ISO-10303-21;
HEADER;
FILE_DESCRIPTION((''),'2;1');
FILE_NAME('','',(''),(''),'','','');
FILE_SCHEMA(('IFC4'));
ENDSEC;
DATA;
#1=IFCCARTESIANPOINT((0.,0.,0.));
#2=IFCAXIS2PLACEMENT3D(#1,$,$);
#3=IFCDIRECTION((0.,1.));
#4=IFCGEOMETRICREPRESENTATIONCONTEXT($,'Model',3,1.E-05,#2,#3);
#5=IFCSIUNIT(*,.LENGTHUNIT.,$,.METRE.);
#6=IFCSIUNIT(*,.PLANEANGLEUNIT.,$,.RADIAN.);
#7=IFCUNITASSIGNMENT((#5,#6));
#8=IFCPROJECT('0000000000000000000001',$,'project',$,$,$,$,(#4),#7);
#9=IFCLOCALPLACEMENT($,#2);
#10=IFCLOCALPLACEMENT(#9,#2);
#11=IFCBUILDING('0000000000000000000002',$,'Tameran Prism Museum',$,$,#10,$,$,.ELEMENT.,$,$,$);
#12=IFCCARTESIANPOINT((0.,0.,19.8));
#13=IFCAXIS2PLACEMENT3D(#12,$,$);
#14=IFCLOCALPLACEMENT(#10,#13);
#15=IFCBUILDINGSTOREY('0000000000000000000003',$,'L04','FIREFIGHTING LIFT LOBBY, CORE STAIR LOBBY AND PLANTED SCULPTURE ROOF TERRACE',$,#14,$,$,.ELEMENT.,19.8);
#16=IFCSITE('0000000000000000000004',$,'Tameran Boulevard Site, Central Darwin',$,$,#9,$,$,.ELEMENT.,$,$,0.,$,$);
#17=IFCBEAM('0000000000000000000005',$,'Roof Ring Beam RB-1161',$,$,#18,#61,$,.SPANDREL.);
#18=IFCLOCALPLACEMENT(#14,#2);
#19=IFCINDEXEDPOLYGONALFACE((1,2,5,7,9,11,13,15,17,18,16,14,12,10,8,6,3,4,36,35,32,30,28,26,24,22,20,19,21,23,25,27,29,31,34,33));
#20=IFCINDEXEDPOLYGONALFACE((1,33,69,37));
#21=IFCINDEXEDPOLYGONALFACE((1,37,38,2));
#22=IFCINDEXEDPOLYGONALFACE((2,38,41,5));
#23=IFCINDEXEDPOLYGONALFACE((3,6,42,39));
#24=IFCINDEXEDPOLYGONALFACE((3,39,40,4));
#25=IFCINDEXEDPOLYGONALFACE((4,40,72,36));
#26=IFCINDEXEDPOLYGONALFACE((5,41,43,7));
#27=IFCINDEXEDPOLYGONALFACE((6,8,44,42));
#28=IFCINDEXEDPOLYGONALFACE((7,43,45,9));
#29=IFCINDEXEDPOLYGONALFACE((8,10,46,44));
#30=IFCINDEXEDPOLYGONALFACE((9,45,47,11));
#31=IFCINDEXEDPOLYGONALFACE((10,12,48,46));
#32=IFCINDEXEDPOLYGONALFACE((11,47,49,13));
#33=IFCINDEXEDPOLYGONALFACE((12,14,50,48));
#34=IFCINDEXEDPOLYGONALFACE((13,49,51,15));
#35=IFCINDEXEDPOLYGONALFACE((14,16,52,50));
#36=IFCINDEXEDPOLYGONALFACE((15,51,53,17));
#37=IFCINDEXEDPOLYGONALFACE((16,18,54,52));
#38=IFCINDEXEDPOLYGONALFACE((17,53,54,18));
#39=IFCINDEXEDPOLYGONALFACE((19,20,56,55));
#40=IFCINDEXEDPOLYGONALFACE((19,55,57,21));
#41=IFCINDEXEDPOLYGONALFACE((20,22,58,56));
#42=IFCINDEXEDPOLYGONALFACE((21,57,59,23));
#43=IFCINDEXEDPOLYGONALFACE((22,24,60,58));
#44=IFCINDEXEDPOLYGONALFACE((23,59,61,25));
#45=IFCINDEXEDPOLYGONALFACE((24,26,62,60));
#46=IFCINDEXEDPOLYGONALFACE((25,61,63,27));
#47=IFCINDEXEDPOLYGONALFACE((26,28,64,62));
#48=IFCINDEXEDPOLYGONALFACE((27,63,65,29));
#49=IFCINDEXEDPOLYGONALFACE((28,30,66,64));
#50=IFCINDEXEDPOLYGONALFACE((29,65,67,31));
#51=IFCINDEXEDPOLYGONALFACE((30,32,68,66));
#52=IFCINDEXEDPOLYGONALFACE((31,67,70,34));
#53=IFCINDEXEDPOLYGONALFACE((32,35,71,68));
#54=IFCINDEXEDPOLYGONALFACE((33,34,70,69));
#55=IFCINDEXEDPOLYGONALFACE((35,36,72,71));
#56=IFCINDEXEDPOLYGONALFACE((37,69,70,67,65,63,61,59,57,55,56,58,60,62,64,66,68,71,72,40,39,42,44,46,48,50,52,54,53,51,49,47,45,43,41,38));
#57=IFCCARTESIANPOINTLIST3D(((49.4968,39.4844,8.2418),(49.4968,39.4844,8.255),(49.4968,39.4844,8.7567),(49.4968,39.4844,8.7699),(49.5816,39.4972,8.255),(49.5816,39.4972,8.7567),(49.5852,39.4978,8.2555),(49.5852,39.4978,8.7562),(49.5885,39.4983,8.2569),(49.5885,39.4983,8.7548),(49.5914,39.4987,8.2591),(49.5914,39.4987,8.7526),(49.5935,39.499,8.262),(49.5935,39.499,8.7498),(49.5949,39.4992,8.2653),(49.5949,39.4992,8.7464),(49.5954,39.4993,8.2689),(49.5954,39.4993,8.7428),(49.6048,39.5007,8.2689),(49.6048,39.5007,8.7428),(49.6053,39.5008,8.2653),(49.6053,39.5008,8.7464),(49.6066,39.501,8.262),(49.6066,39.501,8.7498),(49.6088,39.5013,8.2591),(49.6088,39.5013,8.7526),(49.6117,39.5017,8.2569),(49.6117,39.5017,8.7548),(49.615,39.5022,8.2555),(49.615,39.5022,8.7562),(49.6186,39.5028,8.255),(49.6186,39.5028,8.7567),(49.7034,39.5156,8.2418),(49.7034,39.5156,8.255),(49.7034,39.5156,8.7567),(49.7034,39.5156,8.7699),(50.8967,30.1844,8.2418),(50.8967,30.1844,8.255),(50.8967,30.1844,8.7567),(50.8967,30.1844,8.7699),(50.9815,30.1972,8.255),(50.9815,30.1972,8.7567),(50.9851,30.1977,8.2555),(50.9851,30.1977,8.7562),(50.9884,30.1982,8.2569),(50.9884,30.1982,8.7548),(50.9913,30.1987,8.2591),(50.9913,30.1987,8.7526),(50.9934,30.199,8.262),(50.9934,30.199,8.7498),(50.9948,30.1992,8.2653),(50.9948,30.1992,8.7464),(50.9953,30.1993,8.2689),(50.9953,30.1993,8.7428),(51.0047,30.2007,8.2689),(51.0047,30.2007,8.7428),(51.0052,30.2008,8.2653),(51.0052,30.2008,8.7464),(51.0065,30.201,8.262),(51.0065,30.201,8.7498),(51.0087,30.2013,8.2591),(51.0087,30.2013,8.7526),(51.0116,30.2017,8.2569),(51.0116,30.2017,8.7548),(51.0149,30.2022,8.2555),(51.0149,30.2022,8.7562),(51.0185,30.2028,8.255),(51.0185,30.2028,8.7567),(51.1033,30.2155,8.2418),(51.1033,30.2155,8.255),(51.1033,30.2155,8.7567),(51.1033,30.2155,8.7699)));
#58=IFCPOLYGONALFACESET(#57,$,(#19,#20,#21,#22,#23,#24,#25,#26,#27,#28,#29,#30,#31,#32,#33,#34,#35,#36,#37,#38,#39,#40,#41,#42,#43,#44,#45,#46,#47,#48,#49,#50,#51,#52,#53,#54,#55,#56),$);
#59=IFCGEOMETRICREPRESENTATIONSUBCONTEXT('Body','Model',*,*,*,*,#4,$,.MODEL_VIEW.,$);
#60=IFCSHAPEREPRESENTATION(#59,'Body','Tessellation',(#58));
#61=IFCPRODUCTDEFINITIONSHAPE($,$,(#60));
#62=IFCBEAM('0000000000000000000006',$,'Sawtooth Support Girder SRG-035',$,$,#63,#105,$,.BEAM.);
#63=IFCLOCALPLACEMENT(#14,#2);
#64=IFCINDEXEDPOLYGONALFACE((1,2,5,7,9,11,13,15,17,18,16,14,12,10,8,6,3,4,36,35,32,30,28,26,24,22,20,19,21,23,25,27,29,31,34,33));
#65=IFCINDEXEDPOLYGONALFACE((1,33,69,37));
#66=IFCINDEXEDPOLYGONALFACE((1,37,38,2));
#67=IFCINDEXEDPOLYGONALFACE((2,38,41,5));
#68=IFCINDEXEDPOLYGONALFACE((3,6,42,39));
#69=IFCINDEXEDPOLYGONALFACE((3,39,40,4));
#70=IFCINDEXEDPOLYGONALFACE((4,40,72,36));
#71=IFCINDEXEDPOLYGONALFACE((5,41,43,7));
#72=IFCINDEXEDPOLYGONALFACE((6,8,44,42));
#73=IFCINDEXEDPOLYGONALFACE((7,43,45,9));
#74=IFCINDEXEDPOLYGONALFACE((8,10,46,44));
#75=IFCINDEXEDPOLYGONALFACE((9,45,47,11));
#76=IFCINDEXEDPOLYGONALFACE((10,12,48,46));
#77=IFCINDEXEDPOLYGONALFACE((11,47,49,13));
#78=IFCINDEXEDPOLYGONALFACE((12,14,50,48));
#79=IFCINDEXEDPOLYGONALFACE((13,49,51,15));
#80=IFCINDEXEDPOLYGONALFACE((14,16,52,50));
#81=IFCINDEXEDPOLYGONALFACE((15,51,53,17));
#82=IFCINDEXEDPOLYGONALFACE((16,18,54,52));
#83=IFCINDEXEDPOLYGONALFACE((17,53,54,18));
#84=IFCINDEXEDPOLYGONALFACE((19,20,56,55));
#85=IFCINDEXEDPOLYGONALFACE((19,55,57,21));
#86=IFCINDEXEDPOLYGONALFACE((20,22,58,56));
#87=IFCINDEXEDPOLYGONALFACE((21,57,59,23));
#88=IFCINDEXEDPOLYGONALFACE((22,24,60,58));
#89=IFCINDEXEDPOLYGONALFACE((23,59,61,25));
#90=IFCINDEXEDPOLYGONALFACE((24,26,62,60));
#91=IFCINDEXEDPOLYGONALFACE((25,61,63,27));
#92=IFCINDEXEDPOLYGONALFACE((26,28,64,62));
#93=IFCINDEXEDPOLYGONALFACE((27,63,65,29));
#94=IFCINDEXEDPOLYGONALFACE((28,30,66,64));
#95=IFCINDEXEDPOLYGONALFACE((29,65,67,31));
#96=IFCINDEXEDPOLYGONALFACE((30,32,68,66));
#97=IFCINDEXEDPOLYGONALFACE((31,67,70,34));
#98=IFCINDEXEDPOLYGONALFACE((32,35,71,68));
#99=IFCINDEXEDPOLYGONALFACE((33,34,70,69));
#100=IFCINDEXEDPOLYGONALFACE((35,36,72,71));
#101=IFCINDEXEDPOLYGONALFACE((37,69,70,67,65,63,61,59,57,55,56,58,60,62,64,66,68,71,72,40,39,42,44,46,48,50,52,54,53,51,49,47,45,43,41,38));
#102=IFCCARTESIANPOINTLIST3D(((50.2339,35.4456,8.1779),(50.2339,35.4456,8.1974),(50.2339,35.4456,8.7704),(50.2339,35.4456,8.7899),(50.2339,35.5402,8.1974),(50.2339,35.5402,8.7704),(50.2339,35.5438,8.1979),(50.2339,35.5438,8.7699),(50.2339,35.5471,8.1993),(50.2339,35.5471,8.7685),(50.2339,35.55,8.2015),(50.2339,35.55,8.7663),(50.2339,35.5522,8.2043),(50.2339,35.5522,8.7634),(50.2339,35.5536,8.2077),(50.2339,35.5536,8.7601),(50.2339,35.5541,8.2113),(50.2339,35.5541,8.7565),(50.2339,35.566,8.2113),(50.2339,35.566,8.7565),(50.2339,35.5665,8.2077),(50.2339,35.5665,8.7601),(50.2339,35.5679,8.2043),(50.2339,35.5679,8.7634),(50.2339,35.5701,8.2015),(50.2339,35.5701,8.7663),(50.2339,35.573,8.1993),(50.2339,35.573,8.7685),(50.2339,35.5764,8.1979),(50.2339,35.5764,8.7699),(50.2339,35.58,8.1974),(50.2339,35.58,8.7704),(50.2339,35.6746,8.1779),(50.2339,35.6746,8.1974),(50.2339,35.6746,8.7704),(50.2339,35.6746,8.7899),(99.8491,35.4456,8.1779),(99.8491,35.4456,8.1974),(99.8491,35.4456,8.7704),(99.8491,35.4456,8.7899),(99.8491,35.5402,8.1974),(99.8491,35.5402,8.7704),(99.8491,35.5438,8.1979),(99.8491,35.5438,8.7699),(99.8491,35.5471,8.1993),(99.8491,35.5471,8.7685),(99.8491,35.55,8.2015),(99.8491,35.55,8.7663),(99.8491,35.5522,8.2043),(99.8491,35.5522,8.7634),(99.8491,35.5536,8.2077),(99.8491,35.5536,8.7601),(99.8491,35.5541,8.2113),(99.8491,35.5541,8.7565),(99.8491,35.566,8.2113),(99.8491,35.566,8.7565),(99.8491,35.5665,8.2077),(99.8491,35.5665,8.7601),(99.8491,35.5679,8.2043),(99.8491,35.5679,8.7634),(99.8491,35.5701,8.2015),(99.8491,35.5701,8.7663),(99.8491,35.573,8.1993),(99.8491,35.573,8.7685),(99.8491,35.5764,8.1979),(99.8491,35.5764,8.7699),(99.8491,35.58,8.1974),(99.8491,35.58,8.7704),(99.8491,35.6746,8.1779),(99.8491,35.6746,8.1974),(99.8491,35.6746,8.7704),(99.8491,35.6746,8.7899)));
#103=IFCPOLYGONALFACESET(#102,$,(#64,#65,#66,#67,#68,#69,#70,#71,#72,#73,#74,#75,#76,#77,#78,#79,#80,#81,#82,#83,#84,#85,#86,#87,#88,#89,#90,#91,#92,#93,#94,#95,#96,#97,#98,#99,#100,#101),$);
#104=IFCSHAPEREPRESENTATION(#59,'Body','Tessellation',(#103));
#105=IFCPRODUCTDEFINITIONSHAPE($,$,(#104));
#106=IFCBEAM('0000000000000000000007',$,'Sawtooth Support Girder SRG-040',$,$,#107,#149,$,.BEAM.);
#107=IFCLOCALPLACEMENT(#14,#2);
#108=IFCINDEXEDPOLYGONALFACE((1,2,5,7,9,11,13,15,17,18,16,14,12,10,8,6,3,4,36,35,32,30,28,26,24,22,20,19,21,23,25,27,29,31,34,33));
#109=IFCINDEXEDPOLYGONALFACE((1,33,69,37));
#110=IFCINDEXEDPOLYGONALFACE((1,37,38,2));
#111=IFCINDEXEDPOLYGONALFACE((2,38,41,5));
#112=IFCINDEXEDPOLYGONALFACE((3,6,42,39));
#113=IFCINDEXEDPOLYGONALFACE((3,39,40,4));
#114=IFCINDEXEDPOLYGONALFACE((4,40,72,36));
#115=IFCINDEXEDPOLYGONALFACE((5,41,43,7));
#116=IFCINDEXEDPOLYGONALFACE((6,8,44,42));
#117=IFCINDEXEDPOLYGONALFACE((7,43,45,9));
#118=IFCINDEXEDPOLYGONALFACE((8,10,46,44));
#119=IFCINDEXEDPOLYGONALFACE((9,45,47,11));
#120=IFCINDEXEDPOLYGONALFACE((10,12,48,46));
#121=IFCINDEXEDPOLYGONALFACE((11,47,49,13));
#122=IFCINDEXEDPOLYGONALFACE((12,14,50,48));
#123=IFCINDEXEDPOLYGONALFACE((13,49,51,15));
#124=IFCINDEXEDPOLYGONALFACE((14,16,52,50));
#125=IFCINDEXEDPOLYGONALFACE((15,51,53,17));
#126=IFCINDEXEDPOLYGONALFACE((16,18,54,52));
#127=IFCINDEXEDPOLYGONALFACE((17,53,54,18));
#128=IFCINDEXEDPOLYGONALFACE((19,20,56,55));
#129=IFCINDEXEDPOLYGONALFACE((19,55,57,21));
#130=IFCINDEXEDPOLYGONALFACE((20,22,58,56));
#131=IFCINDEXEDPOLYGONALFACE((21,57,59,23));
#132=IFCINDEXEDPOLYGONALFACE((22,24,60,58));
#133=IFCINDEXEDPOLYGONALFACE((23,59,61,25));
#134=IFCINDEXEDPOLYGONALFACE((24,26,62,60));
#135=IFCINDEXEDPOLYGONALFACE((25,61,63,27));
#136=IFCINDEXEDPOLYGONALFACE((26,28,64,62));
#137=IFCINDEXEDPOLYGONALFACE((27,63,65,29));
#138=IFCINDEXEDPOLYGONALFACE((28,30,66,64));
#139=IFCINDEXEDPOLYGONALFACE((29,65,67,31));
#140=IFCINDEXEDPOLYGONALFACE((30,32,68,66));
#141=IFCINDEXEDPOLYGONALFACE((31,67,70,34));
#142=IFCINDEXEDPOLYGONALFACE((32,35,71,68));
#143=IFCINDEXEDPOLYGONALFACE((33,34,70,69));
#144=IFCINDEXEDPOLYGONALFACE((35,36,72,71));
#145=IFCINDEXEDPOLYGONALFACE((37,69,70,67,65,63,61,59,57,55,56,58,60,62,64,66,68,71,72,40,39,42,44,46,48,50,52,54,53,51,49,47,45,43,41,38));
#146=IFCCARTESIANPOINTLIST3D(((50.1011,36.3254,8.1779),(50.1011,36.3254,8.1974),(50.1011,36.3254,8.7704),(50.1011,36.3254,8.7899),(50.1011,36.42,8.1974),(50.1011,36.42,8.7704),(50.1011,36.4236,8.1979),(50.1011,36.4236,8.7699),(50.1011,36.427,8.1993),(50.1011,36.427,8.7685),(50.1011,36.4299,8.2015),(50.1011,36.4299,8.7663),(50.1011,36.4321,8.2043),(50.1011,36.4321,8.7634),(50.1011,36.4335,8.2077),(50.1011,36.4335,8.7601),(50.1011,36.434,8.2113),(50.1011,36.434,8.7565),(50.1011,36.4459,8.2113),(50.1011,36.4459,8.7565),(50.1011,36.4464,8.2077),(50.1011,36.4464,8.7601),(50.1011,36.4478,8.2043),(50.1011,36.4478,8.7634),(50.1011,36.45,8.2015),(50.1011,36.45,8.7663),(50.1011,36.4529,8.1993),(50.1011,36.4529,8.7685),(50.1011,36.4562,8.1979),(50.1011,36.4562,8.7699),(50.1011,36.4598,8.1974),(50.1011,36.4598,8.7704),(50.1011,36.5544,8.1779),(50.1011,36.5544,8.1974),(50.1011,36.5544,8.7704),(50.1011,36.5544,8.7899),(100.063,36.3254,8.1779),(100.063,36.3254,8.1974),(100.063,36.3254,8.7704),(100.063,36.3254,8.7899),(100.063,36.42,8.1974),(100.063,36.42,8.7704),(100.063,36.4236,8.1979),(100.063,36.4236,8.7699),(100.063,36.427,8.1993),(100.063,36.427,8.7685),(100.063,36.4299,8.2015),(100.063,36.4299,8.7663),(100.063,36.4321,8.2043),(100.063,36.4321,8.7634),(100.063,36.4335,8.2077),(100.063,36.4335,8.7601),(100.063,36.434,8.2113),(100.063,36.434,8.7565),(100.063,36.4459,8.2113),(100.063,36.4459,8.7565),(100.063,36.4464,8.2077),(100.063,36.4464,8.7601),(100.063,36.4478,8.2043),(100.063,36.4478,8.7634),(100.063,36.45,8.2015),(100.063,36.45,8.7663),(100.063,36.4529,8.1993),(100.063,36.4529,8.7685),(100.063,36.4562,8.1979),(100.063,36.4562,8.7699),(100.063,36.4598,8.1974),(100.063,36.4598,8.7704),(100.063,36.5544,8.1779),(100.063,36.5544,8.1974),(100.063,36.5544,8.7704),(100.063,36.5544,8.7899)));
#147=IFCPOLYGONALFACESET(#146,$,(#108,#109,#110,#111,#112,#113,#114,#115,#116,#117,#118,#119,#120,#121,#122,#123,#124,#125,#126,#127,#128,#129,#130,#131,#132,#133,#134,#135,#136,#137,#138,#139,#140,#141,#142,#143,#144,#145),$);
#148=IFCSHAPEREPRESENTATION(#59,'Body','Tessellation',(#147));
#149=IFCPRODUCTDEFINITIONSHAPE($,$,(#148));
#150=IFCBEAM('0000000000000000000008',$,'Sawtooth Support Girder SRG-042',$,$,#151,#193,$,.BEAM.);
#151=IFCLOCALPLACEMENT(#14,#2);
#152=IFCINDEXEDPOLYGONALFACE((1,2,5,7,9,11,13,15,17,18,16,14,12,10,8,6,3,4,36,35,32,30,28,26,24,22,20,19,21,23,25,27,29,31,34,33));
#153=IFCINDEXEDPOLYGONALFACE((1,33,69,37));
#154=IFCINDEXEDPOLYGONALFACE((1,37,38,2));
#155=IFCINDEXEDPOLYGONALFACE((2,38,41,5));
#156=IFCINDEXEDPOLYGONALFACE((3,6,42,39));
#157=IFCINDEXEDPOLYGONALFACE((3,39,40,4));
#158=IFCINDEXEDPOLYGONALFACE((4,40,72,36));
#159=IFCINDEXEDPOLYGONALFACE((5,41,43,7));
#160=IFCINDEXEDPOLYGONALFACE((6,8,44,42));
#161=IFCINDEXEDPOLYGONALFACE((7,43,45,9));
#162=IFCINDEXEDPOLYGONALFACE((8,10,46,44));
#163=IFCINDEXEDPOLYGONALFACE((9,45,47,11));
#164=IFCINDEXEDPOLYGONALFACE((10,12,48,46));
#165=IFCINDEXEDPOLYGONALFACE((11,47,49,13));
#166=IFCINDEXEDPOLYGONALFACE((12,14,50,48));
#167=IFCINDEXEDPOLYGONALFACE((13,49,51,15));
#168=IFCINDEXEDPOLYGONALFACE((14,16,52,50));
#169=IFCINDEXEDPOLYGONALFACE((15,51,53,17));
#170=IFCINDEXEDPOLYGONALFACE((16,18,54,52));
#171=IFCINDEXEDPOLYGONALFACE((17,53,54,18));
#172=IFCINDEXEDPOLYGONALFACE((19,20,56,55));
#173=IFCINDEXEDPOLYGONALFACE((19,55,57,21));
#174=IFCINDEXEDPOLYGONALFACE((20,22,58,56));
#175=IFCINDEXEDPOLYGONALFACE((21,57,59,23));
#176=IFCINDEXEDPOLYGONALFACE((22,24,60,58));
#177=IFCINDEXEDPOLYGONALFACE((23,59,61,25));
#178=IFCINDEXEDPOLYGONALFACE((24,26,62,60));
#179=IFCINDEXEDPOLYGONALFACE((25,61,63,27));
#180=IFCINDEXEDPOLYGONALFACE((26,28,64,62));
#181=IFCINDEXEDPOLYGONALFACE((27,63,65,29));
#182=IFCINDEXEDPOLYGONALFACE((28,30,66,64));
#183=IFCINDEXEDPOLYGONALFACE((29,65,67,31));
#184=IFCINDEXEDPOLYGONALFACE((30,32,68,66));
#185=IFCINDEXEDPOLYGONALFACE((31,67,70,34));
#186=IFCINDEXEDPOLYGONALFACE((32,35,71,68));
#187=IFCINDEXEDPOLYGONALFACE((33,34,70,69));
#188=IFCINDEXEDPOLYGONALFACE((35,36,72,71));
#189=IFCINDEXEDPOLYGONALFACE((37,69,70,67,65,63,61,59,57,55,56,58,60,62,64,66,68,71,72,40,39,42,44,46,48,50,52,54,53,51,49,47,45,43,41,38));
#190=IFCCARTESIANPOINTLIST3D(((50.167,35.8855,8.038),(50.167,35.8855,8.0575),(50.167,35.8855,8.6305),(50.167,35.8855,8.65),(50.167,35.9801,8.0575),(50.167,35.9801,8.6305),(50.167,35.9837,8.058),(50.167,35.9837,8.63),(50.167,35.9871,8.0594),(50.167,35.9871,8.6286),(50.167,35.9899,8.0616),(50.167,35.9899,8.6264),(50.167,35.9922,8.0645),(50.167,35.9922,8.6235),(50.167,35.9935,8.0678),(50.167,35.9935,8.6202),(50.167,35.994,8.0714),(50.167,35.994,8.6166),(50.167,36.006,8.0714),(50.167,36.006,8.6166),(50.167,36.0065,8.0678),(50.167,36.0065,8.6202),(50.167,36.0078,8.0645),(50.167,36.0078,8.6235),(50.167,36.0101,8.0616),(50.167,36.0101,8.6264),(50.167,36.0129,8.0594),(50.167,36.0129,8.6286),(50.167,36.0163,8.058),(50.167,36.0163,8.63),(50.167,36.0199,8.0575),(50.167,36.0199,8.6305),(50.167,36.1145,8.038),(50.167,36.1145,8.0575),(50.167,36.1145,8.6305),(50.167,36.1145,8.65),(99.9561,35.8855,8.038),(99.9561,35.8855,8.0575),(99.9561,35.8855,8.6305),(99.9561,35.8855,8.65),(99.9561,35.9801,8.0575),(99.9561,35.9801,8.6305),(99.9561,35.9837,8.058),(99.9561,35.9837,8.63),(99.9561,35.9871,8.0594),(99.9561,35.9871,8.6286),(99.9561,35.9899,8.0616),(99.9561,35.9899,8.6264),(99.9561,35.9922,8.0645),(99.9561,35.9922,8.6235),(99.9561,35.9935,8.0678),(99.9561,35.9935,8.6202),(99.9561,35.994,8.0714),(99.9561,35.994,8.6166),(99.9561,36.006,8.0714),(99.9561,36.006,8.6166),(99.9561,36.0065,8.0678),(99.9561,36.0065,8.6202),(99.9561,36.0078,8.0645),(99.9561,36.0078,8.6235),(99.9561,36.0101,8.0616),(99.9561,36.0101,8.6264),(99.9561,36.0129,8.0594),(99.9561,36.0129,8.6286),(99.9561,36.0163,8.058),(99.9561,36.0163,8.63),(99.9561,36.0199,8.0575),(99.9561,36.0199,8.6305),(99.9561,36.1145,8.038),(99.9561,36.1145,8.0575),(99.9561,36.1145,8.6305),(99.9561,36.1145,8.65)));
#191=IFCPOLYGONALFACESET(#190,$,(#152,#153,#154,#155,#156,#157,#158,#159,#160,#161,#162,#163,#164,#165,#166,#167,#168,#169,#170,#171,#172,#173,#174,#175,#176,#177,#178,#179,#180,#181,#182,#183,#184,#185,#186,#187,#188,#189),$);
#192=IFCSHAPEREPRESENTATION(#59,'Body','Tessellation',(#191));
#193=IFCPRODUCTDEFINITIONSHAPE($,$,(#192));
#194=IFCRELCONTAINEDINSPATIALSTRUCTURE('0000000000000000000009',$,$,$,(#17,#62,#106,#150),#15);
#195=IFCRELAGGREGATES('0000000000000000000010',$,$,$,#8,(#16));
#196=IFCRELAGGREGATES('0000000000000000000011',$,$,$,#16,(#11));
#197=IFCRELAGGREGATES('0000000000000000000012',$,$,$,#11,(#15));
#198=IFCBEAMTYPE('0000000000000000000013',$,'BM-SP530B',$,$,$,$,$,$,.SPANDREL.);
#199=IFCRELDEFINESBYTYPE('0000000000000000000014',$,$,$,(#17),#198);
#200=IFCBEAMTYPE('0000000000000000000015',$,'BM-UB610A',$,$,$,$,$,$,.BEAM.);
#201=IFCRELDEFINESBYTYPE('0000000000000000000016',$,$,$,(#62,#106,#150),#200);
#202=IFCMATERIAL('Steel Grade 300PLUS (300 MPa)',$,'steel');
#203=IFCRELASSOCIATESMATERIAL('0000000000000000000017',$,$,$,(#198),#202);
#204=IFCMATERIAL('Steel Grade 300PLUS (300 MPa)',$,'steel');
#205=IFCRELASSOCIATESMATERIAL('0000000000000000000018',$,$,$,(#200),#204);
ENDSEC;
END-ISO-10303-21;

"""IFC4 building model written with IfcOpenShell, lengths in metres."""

from ifc_helpers import new_model, si_unit, direction, frame, origin, origin_2d, place, context, subcontext, project, spatial, i_section, extrude, material, material_profile, profile_set, type_object, element, save


model = new_model("IFC4")

# Units and contexts
model_context = context("Model", 3, precision=1e-05, world=origin(), true_north=direction((0.0, 1.0)))
body_context = subcontext(model_context, "Body", "Model", "MODEL_VIEW")
ifc_project = project(units=[si_unit("LENGTHUNIT", "METRE"), si_unit("PLANEANGLEUNIT", "RADIAN")], contexts=[model_context])

# Site, building, storey
site_placement = place(None, origin())
site = spatial("IfcSite", under=ifc_project, at=site_placement, Name="Tameran Boulevard Site, Central Darwin", CompositionType="ELEMENT", RefElevation=0.0)
building_placement = place(site_placement, origin())
building = spatial("IfcBuilding", under=site, at=building_placement, Name="Tameran Prism Museum", CompositionType="ELEMENT")
storey_placement = place(building_placement, frame((0.0, 0.0, 19.8)))
storey = spatial("IfcBuildingStorey", under=building, at=storey_placement, Name="L04", Description="FIREFIGHTING LIFT LOBBY, CORE STAIR LOBBY AND PLANTED SCULPTURE ROOF TERRACE", CompositionType="ELEMENT", Elevation=19.8)

# Beams
ifc_material_1 = material(Name="Steel Grade 300PLUS (300 MPa)", Category="steel")
ifc_material_profile_1 = material_profile(ifc_material_1, i_section(OverallWidth=0.209, OverallDepth=0.5281, WebThickness=0.0095, FlangeThickness=0.0132, FilletRadius=0.0139, at=origin_2d()))
ifc_profile_set_1 = profile_set([ifc_material_profile_1])
beam_type_1 = type_object("IfcBeamType", Name="BM-SP530B", PredefinedType="SPANDREL", material=ifc_profile_set_1)
beam_1_placement = place(storey_placement, frame((49.6001, 39.5, 8.5059), z_axis=(0.148849, -0.98886, 0.0), x_axis=(0.98886, 0.148849, 0.0)))
element("IfcBeam", 1, at=beam_1_placement, inside=storey, type_object=beam_type_1, Name="Roof Ring Beam RB-1161", PredefinedType="SPANDREL", context=body_context, shape_type="SweptSolid", body=[
    extrude(i_section(OverallWidth=0.209, OverallDepth=0.5281, WebThickness=0.0095, FlangeThickness=0.0132, FilletRadius=0.0139, at=origin_2d()), origin(), (0.0, 0.0, 1.0), 9.4048),
])
ifc_material_2 = material(Name="Steel Grade 300PLUS (300 MPa)", Category="steel")
ifc_material_profile_2 = material_profile(ifc_material_2, i_section(OverallWidth=0.229, OverallDepth=0.6121, WebThickness=0.012, FlangeThickness=0.0195, FilletRadius=0.0139, at=origin_2d()))
ifc_profile_set_2 = profile_set([ifc_material_profile_2])
beam_type_2 = type_object("IfcBeamType", Name="BM-UB610A", PredefinedType="BEAM", material=ifc_profile_set_2)
beam_2_placement = place(storey_placement, frame((50.2339, 35.5601, 8.4839), z_axis=(1.0, 0.0, 0.0), x_axis=(0.0, 1.0, 0.0)))
element("IfcBeam", 2, at=beam_2_placement, inside=storey, type_object=beam_type_2, Name="Sawtooth Support Girder SRG-035", PredefinedType="BEAM", context=body_context, shape_type="SweptSolid", body=[
    extrude(i_section(OverallWidth=0.229, OverallDepth=0.6121, WebThickness=0.012, FlangeThickness=0.0195, FilletRadius=0.0139, at=origin_2d()), origin(), (0.0, 0.0, 1.0), 49.6152),
])
beam_3_placement = place(storey_placement, frame((50.1011, 36.4399, 8.4839), z_axis=(1.0, 0.0, 0.0), x_axis=(0.0, 1.0, 0.0)))
element("IfcBeam", 3, at=beam_3_placement, inside=storey, type_object=beam_type_2, Name="Sawtooth Support Girder SRG-040", PredefinedType="BEAM", context=body_context, shape_type="SweptSolid", body=[
    extrude(i_section(OverallWidth=0.229, OverallDepth=0.6121, WebThickness=0.012, FlangeThickness=0.0195, FilletRadius=0.0139, at=origin_2d()), origin(), (0.0, 0.0, 1.0), 49.9619),
])
beam_4_placement = place(storey_placement, frame((50.167, 36.0, 8.344), z_axis=(1.0, 0.0, 0.0), x_axis=(0.0, 1.0, 0.0)))
element("IfcBeam", 4, at=beam_4_placement, inside=storey, type_object=beam_type_2, Name="Sawtooth Support Girder SRG-042", PredefinedType="BEAM", context=body_context, shape_type="SweptSolid", body=[
    extrude(i_section(OverallWidth=0.229, OverallDepth=0.6121, WebThickness=0.012, FlangeThickness=0.0195, FilletRadius=0.0139, at=origin_2d()), origin(), (0.0, 0.0, 1.0), 49.7891),
])

save(model, "model.ifc")
